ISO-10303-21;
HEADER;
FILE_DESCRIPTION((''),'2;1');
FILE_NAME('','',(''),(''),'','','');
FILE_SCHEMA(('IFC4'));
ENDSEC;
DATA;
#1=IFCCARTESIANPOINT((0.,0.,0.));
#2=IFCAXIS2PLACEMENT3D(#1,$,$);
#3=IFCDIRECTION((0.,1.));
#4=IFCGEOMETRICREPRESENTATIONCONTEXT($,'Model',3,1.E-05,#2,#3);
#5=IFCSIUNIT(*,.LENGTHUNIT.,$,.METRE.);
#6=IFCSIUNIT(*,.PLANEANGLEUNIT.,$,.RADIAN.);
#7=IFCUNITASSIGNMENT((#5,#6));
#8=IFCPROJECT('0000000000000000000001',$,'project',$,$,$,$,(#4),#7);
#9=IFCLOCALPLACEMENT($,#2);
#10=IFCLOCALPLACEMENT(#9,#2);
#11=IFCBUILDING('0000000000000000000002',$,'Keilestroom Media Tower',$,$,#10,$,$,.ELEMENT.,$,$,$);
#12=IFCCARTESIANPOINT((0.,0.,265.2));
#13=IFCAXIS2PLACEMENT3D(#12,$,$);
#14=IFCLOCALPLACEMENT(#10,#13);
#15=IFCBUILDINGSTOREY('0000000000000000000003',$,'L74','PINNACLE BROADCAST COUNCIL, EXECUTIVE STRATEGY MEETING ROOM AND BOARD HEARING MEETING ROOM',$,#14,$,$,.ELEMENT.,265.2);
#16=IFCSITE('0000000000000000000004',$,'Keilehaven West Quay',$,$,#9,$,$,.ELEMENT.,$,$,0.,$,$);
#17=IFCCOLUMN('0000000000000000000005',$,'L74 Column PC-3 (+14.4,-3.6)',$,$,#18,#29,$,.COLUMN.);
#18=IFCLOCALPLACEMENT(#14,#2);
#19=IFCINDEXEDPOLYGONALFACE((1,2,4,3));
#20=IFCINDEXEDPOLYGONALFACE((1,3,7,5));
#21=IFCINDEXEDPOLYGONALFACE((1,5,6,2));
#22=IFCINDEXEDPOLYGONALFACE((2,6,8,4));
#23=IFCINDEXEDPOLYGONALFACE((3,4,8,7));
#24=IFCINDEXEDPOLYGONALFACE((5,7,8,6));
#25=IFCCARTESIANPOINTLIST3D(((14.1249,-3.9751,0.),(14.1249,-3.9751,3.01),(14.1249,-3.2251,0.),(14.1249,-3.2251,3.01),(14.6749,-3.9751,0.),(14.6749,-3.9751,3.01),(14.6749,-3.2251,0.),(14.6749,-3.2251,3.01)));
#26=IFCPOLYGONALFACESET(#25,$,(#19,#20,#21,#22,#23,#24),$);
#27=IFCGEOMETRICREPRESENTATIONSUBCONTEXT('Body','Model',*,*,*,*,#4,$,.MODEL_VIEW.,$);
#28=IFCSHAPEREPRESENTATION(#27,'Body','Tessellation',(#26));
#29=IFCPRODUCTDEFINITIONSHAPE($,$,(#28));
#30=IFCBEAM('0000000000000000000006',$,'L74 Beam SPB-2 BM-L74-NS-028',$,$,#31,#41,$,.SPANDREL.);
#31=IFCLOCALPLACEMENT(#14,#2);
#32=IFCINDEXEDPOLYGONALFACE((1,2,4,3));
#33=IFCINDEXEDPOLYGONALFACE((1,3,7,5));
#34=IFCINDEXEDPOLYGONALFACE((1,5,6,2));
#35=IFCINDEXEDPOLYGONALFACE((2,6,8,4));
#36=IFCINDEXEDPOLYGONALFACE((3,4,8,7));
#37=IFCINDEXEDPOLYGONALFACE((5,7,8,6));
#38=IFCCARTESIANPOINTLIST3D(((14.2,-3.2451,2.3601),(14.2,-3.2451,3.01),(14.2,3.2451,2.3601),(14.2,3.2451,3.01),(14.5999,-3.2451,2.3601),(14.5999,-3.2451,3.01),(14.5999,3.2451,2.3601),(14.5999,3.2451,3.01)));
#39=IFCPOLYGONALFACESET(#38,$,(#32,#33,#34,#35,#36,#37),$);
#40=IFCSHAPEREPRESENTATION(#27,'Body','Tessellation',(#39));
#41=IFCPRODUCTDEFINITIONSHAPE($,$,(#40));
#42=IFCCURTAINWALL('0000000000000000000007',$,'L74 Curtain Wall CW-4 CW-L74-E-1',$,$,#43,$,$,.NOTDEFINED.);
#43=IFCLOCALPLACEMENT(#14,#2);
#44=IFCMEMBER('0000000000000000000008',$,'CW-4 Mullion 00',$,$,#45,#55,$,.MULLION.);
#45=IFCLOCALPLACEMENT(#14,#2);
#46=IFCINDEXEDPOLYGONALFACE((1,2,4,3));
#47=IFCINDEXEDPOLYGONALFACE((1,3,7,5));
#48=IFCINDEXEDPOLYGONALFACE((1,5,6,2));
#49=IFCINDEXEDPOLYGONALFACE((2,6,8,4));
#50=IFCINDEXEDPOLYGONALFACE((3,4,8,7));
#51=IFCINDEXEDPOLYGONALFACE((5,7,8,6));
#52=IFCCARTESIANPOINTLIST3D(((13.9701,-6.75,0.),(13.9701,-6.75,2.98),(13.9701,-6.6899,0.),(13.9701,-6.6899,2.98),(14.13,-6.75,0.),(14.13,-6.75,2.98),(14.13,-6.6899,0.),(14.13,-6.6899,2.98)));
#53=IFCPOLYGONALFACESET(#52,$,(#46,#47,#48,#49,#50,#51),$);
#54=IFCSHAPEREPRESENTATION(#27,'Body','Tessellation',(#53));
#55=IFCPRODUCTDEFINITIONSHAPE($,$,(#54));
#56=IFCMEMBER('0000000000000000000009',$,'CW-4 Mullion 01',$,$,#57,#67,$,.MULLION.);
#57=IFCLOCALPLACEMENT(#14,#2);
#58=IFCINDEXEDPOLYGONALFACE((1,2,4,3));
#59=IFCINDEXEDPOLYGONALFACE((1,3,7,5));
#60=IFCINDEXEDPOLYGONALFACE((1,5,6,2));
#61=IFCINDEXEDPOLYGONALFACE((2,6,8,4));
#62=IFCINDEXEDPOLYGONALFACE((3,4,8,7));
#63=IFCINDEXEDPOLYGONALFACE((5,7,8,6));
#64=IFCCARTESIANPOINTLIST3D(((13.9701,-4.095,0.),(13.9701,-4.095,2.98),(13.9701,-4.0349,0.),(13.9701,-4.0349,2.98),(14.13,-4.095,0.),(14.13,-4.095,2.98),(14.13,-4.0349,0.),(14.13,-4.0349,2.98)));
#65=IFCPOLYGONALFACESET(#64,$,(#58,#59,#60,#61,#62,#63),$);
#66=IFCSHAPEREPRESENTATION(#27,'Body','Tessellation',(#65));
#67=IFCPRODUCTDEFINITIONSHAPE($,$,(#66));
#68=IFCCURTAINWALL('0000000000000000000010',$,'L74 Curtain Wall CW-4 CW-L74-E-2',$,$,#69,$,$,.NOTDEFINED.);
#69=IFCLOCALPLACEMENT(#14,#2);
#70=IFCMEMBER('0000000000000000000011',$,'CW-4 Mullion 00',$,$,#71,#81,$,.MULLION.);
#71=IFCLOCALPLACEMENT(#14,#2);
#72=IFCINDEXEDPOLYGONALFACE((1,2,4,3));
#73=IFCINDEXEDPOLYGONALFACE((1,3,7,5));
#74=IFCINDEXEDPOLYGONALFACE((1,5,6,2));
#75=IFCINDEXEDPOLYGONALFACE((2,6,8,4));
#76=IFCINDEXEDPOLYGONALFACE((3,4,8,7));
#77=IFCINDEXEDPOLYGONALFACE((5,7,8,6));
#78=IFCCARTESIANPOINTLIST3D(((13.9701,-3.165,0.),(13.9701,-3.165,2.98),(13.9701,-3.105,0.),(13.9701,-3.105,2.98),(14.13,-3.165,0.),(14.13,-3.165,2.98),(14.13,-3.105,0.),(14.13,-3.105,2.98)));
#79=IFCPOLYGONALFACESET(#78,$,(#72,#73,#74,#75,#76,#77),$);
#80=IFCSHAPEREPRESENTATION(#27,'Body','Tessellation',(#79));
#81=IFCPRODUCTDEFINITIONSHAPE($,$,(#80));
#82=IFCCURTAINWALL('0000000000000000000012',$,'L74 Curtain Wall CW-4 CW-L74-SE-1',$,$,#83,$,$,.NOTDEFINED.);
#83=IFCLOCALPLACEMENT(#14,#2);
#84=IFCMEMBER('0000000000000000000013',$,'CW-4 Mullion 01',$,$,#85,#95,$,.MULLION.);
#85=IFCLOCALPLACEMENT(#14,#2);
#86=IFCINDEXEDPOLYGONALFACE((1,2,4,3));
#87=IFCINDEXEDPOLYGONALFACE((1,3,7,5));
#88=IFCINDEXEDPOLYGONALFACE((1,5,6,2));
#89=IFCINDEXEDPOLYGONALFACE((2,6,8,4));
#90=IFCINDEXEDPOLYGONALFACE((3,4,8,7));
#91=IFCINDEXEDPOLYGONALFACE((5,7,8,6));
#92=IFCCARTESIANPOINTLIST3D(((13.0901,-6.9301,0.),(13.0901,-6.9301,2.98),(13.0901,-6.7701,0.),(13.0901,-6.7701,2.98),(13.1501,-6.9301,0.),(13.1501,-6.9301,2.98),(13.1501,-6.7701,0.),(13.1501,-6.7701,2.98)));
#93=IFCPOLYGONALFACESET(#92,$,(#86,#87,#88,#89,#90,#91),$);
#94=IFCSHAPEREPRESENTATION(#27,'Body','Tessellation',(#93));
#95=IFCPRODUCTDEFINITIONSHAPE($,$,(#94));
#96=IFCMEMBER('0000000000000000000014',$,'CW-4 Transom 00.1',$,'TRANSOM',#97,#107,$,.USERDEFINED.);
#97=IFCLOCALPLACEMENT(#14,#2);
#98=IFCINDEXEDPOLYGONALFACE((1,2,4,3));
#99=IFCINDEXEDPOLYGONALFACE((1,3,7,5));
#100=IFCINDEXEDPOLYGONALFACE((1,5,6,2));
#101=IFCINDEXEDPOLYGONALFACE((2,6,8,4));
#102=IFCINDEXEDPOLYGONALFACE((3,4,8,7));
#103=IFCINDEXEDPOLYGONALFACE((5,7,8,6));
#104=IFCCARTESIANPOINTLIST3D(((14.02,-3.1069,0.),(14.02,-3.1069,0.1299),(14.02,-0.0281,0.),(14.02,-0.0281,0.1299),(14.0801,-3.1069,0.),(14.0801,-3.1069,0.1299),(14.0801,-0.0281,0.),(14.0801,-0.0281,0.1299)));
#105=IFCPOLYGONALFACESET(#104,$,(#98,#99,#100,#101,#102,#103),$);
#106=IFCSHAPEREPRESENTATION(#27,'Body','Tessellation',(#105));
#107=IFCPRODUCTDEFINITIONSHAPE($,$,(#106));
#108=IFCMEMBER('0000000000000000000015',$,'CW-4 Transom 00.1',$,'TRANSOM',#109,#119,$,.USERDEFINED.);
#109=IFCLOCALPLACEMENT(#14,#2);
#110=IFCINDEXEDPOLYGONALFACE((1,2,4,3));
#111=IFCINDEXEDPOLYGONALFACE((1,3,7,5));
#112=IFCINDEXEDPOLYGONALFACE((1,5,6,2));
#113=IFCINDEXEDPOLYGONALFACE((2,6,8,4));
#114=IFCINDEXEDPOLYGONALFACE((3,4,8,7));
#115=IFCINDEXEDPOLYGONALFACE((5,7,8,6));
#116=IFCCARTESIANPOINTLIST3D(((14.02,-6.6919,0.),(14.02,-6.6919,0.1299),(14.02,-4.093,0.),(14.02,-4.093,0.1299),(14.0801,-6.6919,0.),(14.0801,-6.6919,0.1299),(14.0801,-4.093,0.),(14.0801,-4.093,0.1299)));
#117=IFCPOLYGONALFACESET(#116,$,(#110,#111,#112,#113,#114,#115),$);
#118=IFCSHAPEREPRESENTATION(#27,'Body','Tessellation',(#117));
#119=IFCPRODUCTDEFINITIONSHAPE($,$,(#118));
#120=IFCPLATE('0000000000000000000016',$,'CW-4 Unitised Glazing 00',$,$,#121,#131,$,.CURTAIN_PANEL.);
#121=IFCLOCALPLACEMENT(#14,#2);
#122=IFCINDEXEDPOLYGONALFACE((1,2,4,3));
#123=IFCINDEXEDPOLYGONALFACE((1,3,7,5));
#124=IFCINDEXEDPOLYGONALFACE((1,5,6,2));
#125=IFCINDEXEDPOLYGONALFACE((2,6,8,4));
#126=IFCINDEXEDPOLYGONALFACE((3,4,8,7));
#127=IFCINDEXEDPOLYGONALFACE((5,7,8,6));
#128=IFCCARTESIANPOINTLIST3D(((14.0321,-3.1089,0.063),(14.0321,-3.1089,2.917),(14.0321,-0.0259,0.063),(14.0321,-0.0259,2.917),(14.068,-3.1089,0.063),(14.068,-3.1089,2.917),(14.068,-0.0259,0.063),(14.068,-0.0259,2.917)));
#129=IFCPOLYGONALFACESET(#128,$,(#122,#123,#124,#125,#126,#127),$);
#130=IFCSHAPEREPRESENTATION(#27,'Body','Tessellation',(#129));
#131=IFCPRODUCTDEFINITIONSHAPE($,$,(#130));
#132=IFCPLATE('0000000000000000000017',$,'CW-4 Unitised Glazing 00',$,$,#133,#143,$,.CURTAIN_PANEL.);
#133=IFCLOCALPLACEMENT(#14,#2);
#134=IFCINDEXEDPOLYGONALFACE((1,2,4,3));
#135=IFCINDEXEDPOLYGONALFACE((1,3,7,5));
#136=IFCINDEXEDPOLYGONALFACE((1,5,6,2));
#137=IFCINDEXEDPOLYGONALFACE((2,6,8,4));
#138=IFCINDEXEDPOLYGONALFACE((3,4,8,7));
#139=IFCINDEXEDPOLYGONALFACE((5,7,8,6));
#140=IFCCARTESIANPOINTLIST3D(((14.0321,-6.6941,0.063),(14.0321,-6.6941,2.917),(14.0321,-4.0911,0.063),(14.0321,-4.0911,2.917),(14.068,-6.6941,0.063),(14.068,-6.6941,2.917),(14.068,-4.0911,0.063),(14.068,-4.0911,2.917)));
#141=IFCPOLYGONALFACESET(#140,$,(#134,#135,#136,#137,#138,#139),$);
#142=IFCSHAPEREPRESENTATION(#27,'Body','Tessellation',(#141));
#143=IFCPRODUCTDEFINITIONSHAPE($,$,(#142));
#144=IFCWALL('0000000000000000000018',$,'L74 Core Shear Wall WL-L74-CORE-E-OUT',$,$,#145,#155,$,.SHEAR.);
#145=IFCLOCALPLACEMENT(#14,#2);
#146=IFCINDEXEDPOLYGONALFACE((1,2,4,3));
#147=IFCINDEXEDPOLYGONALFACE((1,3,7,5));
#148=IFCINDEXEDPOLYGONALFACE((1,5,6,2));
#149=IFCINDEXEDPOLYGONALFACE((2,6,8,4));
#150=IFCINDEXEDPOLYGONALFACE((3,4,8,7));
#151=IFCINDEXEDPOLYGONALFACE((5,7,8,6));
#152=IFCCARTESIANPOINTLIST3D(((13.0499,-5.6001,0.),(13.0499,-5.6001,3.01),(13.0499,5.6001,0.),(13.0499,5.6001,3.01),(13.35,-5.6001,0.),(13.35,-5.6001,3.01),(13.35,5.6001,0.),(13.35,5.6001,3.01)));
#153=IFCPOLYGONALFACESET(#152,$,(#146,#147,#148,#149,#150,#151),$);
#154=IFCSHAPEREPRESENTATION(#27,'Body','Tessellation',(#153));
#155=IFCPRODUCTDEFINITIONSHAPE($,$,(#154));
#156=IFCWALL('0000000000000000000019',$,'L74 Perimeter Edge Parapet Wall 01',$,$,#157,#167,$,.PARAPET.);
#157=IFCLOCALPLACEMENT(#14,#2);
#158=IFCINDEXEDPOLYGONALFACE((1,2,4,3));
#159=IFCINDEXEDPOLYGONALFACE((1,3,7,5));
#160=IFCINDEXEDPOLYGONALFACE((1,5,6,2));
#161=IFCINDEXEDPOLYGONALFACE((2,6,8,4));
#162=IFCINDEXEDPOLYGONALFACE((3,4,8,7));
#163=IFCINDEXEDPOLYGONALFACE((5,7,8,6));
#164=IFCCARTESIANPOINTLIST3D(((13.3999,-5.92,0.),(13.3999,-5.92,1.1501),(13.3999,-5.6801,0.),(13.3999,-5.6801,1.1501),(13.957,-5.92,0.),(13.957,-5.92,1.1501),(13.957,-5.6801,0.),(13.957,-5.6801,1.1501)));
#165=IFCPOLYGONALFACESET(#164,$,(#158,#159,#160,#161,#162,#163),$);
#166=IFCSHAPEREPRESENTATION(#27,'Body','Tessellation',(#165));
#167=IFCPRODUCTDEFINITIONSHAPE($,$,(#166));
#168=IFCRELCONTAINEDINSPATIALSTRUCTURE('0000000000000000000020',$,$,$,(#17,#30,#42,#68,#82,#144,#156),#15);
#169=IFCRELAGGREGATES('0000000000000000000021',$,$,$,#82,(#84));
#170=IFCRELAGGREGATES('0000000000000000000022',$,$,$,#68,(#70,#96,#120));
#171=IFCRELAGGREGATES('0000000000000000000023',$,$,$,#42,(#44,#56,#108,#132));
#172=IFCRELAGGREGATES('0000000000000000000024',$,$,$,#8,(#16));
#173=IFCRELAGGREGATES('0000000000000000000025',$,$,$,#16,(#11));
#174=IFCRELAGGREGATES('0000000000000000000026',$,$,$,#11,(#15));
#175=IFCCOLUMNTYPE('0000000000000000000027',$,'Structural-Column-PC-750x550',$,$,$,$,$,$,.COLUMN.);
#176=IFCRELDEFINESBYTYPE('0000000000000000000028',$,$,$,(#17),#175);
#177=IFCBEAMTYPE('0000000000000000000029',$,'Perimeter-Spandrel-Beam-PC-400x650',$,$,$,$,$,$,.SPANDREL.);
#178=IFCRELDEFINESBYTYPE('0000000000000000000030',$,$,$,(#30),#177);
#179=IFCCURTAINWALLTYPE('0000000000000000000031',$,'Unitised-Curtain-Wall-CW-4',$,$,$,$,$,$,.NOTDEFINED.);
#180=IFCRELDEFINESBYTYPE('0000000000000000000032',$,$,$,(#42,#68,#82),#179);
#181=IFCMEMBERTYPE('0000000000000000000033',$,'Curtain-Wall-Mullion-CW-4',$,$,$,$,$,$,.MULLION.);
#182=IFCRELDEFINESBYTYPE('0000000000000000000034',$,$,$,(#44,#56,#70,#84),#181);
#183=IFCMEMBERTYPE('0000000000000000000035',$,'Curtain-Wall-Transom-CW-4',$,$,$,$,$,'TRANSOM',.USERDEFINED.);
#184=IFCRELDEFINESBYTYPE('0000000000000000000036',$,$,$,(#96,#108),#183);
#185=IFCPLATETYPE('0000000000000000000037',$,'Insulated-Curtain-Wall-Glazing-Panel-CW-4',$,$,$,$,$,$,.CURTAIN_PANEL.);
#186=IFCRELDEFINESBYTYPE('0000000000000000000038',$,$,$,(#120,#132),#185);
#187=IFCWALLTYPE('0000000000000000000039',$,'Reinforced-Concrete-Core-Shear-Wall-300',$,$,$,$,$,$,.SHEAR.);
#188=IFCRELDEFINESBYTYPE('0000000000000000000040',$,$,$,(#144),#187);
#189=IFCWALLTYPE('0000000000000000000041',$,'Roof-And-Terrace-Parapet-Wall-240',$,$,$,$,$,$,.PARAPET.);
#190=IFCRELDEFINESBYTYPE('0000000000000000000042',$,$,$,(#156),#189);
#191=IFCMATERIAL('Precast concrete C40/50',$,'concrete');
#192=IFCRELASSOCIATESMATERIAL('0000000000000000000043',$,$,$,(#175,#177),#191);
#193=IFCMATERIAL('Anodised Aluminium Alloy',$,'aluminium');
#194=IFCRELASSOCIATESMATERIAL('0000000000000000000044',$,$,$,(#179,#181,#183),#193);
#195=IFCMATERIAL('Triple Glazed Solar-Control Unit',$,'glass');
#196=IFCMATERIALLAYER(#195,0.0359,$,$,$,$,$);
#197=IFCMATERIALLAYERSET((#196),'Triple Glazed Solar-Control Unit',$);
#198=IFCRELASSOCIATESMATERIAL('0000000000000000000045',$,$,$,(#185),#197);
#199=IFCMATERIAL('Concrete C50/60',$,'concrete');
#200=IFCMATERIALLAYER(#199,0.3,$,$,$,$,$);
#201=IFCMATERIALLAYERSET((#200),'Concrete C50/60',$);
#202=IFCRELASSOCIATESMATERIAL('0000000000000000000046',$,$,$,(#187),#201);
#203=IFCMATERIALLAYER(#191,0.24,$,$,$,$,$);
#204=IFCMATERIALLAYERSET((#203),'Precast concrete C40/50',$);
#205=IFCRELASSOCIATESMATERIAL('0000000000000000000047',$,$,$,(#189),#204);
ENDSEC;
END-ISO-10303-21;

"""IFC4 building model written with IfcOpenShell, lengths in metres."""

from ifc_helpers import new_model, si_unit, direction, frame, frame_2d, origin, origin_2d, place, context, subcontext, project, spatial, rectangle, extrude, source, transform, mapped, material, layer, layer_set, material_profile, profile_set, type_object, element, aggregate, save


model = new_model("IFC4")

# Units and contexts
model_context = context("Model", 3, precision=1e-05, world=origin(), true_north=direction((0.0, 1.0)))
body_context = subcontext(model_context, "Body", "Model", "MODEL_VIEW")
ifc_project = project(units=[si_unit("LENGTHUNIT", "METRE"), si_unit("PLANEANGLEUNIT", "RADIAN")], contexts=[model_context])

# Site, building, storey
site_placement = place(None, origin())
site = spatial("IfcSite", under=ifc_project, at=site_placement, Name="Keilehaven West Quay", CompositionType="ELEMENT", RefElevation=0.0)
building_placement = place(site_placement, origin())
building = spatial("IfcBuilding", under=site, at=building_placement, Name="Keilestroom Media Tower", CompositionType="ELEMENT")
storey_placement = place(building_placement, frame((0.0, 0.0, 265.2)))
storey = spatial("IfcBuildingStorey", under=building, at=storey_placement, Name="L74", Description="PINNACLE BROADCAST COUNCIL, EXECUTIVE STRATEGY MEETING ROOM AND BOARD HEARING MEETING ROOM", CompositionType="ELEMENT", Elevation=265.2)

# Column
ifc_material_1 = material(Name="Precast concrete C40/50", Category="concrete")
ifc_material_profile_1 = material_profile(ifc_material_1, rectangle(XDim=0.55, YDim=0.75, at=origin_2d()), Name="PC 750x550")
ifc_profile_set_1 = profile_set([ifc_material_profile_1], Name="Precast concrete C40/50")
column_type = type_object("IfcColumnType", Name="Structural-Column-PC-750x550", PredefinedType="COLUMN", material=ifc_profile_set_1)
shared_shape_1 = source(origin(), body_context, "Body", "SweptSolid", [
    extrude(rectangle(XDim=0.55, YDim=0.75, at=origin_2d()), origin(), (0.0, 0.0, 1.0), 3.01),
])
column_placement = place(storey_placement, frame((14.3999, -3.6001, 0.0), z_axis=(0.0, 0.0, 1.0), x_axis=(1.0, 0.0, 0.0)))
element("IfcColumn", 1, at=column_placement, inside=storey, type_object=column_type, Name="L74 Column PC-3 (+14.4,-3.6)", PredefinedType="COLUMN", context=body_context, shape_type="MappedRepresentation", body=[
    mapped(shared_shape_1, transform((0.0, 0.0, 0.0), x_axis=(1.0, 0.0, 0.0), y_axis=(0.0, 1.0, 0.0), z_axis=(0.0, 0.0, 1.0), scale=1.0)),
])

# Beam
ifc_material_profile_2 = material_profile(ifc_material_1, rectangle(XDim=0.3999, YDim=0.6499, at=origin_2d()), Name="PC 400x650")
ifc_profile_set_2 = profile_set([ifc_material_profile_2], Name="Precast concrete C40/50")
beam_type = type_object("IfcBeamType", Name="Perimeter-Spandrel-Beam-PC-400x650", PredefinedType="SPANDREL", material=ifc_profile_set_2)
shared_shape_2 = source(origin(), body_context, "Body", "SweptSolid", [
    extrude(rectangle(XDim=0.3999, YDim=0.6499, at=origin_2d()), origin(), (0.0, 0.0, 1.0), 6.4902),
])
beam_placement = place(storey_placement, frame((14.3999, -3.2451, 2.6851), z_axis=(0.0, 1.0, 0.0), x_axis=(-1.0, 0.0, 0.0)))
element("IfcBeam", 2, at=beam_placement, inside=storey, type_object=beam_type, Name="L74 Beam SPB-2 BM-L74-NS-028", PredefinedType="SPANDREL", context=body_context, shape_type="MappedRepresentation", body=[
    mapped(shared_shape_2, transform((0.0, 0.0, 0.0), x_axis=(1.0, 0.0, 0.0), y_axis=(0.0, 1.0, 0.0), z_axis=(0.0, 0.0, 1.0), scale=1.0)),
])

# Curtain wall, members
ifc_material_2 = material(Name="Anodised Aluminium Alloy", Category="aluminium")
curtain_wall_type = type_object("IfcCurtainWallType", Name="Unitised-Curtain-Wall-CW-4", PredefinedType="NOTDEFINED", material=ifc_material_2)
curtain_wall_1_placement = place(storey_placement, origin())
curtain_wall_1 = element("IfcCurtainWall", 3, at=curtain_wall_1_placement, inside=storey, type_object=curtain_wall_type, Name="L74 Curtain Wall CW-4 CW-L74-E-1", PredefinedType="NOTDEFINED")
ifc_material_profile_3 = material_profile(ifc_material_2, rectangle(XDim=0.0601, YDim=0.1599, at=origin_2d()), Name="ALU MULLION 60x160")
ifc_profile_set_3 = profile_set([ifc_material_profile_3], Name="Anodised Aluminium Alloy")
member_type_1 = type_object("IfcMemberType", Name="Curtain-Wall-Mullion-CW-4", PredefinedType="MULLION", material=ifc_profile_set_3)
shared_shape_3 = source(origin(), body_context, "Body", "SweptSolid", [
    extrude(rectangle(XDim=0.0601, YDim=0.1599, at=origin_2d()), origin(), (0.0, 0.0, 1.0), 2.98),
])
member_1_placement = place(storey_placement, frame((14.05, -6.72, 0.0), z_axis=(0.0, 0.0, 1.0), x_axis=(0.0, 1.0, 0.0)))
member_1 = element("IfcMember", 4, at=member_1_placement, type_object=member_type_1, Name="CW-4 Mullion 00", PredefinedType="MULLION", context=body_context, shape_type="MappedRepresentation", body=[
    mapped(shared_shape_3, transform((0.0, 0.0, 0.0), x_axis=(1.0, 0.0, 0.0), y_axis=(0.0, 1.0, 0.0), z_axis=(0.0, 0.0, 1.0), scale=1.0)),
])
member_2_placement = place(storey_placement, frame((14.05, -4.0649, 0.0), z_axis=(0.0, 0.0, 1.0), x_axis=(0.0, 1.0, 0.0)))
member_2 = element("IfcMember", 5, at=member_2_placement, type_object=member_type_1, Name="CW-4 Mullion 01", PredefinedType="MULLION", context=body_context, shape_type="MappedRepresentation", body=[
    mapped(shared_shape_3, transform((0.0, 0.0, 0.0), x_axis=(1.0, 0.0, 0.0), y_axis=(0.0, 1.0, 0.0), z_axis=(0.0, 0.0, 1.0), scale=1.0)),
])

# Curtain walls, members
curtain_wall_2_placement = place(storey_placement, origin())
curtain_wall_2 = element("IfcCurtainWall", 6, at=curtain_wall_2_placement, inside=storey, type_object=curtain_wall_type, Name="L74 Curtain Wall CW-4 CW-L74-E-2", PredefinedType="NOTDEFINED")
member_3_placement = place(storey_placement, frame((14.05, -3.135, 0.0), z_axis=(0.0, 0.0, 1.0), x_axis=(0.0, 1.0, 0.0)))
member_3 = element("IfcMember", 7, at=member_3_placement, type_object=member_type_1, Name="CW-4 Mullion 00", PredefinedType="MULLION", context=body_context, shape_type="MappedRepresentation", body=[
    mapped(shared_shape_3, transform((0.0, 0.0, 0.0), x_axis=(1.0, 0.0, 0.0), y_axis=(0.0, 1.0, 0.0), z_axis=(0.0, 0.0, 1.0), scale=1.0)),
])
curtain_wall_3_placement = place(storey_placement, origin())
curtain_wall_3 = element("IfcCurtainWall", 8, at=curtain_wall_3_placement, inside=storey, type_object=curtain_wall_type, Name="L74 Curtain Wall CW-4 CW-L74-SE-1", PredefinedType="NOTDEFINED")
member_4_placement = place(storey_placement, frame((13.1201, -6.8501, 0.0), z_axis=(0.0, 0.0, 1.0), x_axis=(1.0, 0.0, 0.0)))
member_4 = element("IfcMember", 9, at=member_4_placement, type_object=member_type_1, Name="CW-4 Mullion 01", PredefinedType="MULLION", context=body_context, shape_type="MappedRepresentation", body=[
    mapped(shared_shape_3, transform((0.0, 0.0, 0.0), x_axis=(1.0, 0.0, 0.0), y_axis=(0.0, 1.0, 0.0), z_axis=(0.0, 0.0, 1.0), scale=1.0)),
])
aggregate(curtain_wall_3, [member_4])

# Members
ifc_material_profile_4 = material_profile(ifc_material_2, rectangle(XDim=0.0601, YDim=0.1299, at=origin_2d()), Name="ALU TRANSOM 60x130")
ifc_profile_set_4 = profile_set([ifc_material_profile_4], Name="Anodised Aluminium Alloy")
member_type_2 = type_object("IfcMemberType", Name="Curtain-Wall-Transom-CW-4", ElementType="TRANSOM", PredefinedType="USERDEFINED", material=ifc_profile_set_4)
shared_shape_4 = source(origin(), body_context, "Body", "SweptSolid", [
    extrude(rectangle(XDim=0.0601, YDim=0.1299, at=origin_2d()), origin(), (0.0, 0.0, 1.0), 3.0789),
])
member_5_placement = place(storey_placement, frame((14.05, -3.1069, 0.0649), z_axis=(0.0, 1.0, 0.0), x_axis=(-1.0, 0.0, 0.0)))
member_5 = element("IfcMember", 10, at=member_5_placement, type_object=member_type_2, Name="CW-4 Transom 00.1", ObjectType="TRANSOM", PredefinedType="USERDEFINED", context=body_context, shape_type="MappedRepresentation", body=[
    mapped(shared_shape_4, transform((0.0, 0.0, 0.0), x_axis=(1.0, 0.0, 0.0), y_axis=(0.0, 1.0, 0.0), z_axis=(0.0, 0.0, 1.0), scale=1.0)),
])
shared_shape_5 = source(origin(), body_context, "Body", "SweptSolid", [
    extrude(rectangle(XDim=0.0601, YDim=0.1299, at=origin_2d()), origin(), (0.0, 0.0, 1.0), 2.5989),
])
member_6_placement = place(storey_placement, frame((14.05, -6.6919, 0.0649), z_axis=(0.0, 1.0, 0.0), x_axis=(-1.0, 0.0, 0.0)))
member_6 = element("IfcMember", 11, at=member_6_placement, type_object=member_type_2, Name="CW-4 Transom 00.1", ObjectType="TRANSOM", PredefinedType="USERDEFINED", context=body_context, shape_type="MappedRepresentation", body=[
    mapped(shared_shape_5, transform((0.0, 0.0, 0.0), x_axis=(1.0, 0.0, 0.0), y_axis=(0.0, 1.0, 0.0), z_axis=(0.0, 0.0, 1.0), scale=1.0)),
])

# Plates
ifc_material_3 = material(Name="Triple Glazed Solar-Control Unit", Category="glass")
ifc_layer_1 = layer(ifc_material_3, 0.0359)
ifc_layer_set_1 = layer_set([ifc_layer_1], Name="Triple Glazed Solar-Control Unit")
plate_type = type_object("IfcPlateType", Name="Insulated-Curtain-Wall-Glazing-Panel-CW-4", PredefinedType="CURTAIN_PANEL", material=ifc_layer_set_1)
shared_shape_6 = source(origin(), body_context, "Body", "SweptSolid", [
    extrude(rectangle(XDim=3.083, YDim=0.0359, at=origin_2d()), origin(), (0.0, 0.0, 1.0), 2.854),
])
plate_1_placement = place(storey_placement, frame((14.05, -1.5674, 0.063), z_axis=(0.0, 0.0, 1.0), x_axis=(0.0, 1.0, 0.0)))
plate_1 = element("IfcPlate", 12, at=plate_1_placement, type_object=plate_type, Name="CW-4 Unitised Glazing 00", PredefinedType="CURTAIN_PANEL", context=body_context, shape_type="MappedRepresentation", body=[
    mapped(shared_shape_6, transform((0.0, 0.0, 0.0), x_axis=(1.0, 0.0, 0.0), y_axis=(0.0, 1.0, 0.0), z_axis=(0.0, 0.0, 1.0), scale=1.0)),
])
aggregate(curtain_wall_2, [member_3, member_5, plate_1])
shared_shape_7 = source(origin(), body_context, "Body", "SweptSolid", [
    extrude(rectangle(XDim=2.603, YDim=0.0359, at=origin_2d()), origin(), (0.0, 0.0, 1.0), 2.854),
])
plate_2_placement = place(storey_placement, frame((14.05, -5.3926, 0.063), z_axis=(0.0, 0.0, 1.0), x_axis=(0.0, 1.0, 0.0)))
plate_2 = element("IfcPlate", 13, at=plate_2_placement, type_object=plate_type, Name="CW-4 Unitised Glazing 00", PredefinedType="CURTAIN_PANEL", context=body_context, shape_type="MappedRepresentation", body=[
    mapped(shared_shape_7, transform((0.0, 0.0, 0.0), x_axis=(1.0, 0.0, 0.0), y_axis=(0.0, 1.0, 0.0), z_axis=(0.0, 0.0, 1.0), scale=1.0)),
])
aggregate(curtain_wall_1, [member_1, member_2, member_6, plate_2])

# Walls
ifc_material_4 = material(Name="Concrete C50/60", Category="concrete")
ifc_layer_2 = layer(ifc_material_4, 0.3)
ifc_layer_set_2 = layer_set([ifc_layer_2], Name="Concrete C50/60")
wall_type_1 = type_object("IfcWallType", Name="Reinforced-Concrete-Core-Shear-Wall-300", PredefinedType="SHEAR", material=ifc_layer_set_2)
wall_1_placement = place(storey_placement, frame((13.2, -5.6001, 0.0), z_axis=(0.0, 0.0, 1.0), x_axis=(0.0, 1.0, 0.0)))
element("IfcWall", 14, at=wall_1_placement, inside=storey, type_object=wall_type_1, Name="L74 Core Shear Wall WL-L74-CORE-E-OUT", PredefinedType="SHEAR", context=body_context, shape_type="SweptSolid", body=[
    extrude(rectangle(XDim=11.2002, YDim=0.3, at=frame_2d((5.6001, 0.0))), origin(), (0.0, 0.0, 1.0), 3.01),
])
ifc_layer_3 = layer(ifc_material_1, 0.24)
ifc_layer_set_3 = layer_set([ifc_layer_3], Name="Precast concrete C40/50")
wall_type_2 = type_object("IfcWallType", Name="Roof-And-Terrace-Parapet-Wall-240", PredefinedType="PARAPET", material=ifc_layer_set_3)
wall_2_placement = place(storey_placement, frame((13.957, -5.8, 0.0), z_axis=(0.0, 0.0, 1.0), x_axis=(-1.0, 0.0, 0.0)))
element("IfcWall", 15, at=wall_2_placement, inside=storey, type_object=wall_type_2, Name="L74 Perimeter Edge Parapet Wall 01", PredefinedType="PARAPET", context=body_context, shape_type="SweptSolid", body=[
    extrude(rectangle(XDim=0.5571, YDim=0.24, at=frame_2d((0.2786, 0.0))), origin(), (0.0, 0.0, 1.0), 1.1501),
])

save(model, "model.ifc")
